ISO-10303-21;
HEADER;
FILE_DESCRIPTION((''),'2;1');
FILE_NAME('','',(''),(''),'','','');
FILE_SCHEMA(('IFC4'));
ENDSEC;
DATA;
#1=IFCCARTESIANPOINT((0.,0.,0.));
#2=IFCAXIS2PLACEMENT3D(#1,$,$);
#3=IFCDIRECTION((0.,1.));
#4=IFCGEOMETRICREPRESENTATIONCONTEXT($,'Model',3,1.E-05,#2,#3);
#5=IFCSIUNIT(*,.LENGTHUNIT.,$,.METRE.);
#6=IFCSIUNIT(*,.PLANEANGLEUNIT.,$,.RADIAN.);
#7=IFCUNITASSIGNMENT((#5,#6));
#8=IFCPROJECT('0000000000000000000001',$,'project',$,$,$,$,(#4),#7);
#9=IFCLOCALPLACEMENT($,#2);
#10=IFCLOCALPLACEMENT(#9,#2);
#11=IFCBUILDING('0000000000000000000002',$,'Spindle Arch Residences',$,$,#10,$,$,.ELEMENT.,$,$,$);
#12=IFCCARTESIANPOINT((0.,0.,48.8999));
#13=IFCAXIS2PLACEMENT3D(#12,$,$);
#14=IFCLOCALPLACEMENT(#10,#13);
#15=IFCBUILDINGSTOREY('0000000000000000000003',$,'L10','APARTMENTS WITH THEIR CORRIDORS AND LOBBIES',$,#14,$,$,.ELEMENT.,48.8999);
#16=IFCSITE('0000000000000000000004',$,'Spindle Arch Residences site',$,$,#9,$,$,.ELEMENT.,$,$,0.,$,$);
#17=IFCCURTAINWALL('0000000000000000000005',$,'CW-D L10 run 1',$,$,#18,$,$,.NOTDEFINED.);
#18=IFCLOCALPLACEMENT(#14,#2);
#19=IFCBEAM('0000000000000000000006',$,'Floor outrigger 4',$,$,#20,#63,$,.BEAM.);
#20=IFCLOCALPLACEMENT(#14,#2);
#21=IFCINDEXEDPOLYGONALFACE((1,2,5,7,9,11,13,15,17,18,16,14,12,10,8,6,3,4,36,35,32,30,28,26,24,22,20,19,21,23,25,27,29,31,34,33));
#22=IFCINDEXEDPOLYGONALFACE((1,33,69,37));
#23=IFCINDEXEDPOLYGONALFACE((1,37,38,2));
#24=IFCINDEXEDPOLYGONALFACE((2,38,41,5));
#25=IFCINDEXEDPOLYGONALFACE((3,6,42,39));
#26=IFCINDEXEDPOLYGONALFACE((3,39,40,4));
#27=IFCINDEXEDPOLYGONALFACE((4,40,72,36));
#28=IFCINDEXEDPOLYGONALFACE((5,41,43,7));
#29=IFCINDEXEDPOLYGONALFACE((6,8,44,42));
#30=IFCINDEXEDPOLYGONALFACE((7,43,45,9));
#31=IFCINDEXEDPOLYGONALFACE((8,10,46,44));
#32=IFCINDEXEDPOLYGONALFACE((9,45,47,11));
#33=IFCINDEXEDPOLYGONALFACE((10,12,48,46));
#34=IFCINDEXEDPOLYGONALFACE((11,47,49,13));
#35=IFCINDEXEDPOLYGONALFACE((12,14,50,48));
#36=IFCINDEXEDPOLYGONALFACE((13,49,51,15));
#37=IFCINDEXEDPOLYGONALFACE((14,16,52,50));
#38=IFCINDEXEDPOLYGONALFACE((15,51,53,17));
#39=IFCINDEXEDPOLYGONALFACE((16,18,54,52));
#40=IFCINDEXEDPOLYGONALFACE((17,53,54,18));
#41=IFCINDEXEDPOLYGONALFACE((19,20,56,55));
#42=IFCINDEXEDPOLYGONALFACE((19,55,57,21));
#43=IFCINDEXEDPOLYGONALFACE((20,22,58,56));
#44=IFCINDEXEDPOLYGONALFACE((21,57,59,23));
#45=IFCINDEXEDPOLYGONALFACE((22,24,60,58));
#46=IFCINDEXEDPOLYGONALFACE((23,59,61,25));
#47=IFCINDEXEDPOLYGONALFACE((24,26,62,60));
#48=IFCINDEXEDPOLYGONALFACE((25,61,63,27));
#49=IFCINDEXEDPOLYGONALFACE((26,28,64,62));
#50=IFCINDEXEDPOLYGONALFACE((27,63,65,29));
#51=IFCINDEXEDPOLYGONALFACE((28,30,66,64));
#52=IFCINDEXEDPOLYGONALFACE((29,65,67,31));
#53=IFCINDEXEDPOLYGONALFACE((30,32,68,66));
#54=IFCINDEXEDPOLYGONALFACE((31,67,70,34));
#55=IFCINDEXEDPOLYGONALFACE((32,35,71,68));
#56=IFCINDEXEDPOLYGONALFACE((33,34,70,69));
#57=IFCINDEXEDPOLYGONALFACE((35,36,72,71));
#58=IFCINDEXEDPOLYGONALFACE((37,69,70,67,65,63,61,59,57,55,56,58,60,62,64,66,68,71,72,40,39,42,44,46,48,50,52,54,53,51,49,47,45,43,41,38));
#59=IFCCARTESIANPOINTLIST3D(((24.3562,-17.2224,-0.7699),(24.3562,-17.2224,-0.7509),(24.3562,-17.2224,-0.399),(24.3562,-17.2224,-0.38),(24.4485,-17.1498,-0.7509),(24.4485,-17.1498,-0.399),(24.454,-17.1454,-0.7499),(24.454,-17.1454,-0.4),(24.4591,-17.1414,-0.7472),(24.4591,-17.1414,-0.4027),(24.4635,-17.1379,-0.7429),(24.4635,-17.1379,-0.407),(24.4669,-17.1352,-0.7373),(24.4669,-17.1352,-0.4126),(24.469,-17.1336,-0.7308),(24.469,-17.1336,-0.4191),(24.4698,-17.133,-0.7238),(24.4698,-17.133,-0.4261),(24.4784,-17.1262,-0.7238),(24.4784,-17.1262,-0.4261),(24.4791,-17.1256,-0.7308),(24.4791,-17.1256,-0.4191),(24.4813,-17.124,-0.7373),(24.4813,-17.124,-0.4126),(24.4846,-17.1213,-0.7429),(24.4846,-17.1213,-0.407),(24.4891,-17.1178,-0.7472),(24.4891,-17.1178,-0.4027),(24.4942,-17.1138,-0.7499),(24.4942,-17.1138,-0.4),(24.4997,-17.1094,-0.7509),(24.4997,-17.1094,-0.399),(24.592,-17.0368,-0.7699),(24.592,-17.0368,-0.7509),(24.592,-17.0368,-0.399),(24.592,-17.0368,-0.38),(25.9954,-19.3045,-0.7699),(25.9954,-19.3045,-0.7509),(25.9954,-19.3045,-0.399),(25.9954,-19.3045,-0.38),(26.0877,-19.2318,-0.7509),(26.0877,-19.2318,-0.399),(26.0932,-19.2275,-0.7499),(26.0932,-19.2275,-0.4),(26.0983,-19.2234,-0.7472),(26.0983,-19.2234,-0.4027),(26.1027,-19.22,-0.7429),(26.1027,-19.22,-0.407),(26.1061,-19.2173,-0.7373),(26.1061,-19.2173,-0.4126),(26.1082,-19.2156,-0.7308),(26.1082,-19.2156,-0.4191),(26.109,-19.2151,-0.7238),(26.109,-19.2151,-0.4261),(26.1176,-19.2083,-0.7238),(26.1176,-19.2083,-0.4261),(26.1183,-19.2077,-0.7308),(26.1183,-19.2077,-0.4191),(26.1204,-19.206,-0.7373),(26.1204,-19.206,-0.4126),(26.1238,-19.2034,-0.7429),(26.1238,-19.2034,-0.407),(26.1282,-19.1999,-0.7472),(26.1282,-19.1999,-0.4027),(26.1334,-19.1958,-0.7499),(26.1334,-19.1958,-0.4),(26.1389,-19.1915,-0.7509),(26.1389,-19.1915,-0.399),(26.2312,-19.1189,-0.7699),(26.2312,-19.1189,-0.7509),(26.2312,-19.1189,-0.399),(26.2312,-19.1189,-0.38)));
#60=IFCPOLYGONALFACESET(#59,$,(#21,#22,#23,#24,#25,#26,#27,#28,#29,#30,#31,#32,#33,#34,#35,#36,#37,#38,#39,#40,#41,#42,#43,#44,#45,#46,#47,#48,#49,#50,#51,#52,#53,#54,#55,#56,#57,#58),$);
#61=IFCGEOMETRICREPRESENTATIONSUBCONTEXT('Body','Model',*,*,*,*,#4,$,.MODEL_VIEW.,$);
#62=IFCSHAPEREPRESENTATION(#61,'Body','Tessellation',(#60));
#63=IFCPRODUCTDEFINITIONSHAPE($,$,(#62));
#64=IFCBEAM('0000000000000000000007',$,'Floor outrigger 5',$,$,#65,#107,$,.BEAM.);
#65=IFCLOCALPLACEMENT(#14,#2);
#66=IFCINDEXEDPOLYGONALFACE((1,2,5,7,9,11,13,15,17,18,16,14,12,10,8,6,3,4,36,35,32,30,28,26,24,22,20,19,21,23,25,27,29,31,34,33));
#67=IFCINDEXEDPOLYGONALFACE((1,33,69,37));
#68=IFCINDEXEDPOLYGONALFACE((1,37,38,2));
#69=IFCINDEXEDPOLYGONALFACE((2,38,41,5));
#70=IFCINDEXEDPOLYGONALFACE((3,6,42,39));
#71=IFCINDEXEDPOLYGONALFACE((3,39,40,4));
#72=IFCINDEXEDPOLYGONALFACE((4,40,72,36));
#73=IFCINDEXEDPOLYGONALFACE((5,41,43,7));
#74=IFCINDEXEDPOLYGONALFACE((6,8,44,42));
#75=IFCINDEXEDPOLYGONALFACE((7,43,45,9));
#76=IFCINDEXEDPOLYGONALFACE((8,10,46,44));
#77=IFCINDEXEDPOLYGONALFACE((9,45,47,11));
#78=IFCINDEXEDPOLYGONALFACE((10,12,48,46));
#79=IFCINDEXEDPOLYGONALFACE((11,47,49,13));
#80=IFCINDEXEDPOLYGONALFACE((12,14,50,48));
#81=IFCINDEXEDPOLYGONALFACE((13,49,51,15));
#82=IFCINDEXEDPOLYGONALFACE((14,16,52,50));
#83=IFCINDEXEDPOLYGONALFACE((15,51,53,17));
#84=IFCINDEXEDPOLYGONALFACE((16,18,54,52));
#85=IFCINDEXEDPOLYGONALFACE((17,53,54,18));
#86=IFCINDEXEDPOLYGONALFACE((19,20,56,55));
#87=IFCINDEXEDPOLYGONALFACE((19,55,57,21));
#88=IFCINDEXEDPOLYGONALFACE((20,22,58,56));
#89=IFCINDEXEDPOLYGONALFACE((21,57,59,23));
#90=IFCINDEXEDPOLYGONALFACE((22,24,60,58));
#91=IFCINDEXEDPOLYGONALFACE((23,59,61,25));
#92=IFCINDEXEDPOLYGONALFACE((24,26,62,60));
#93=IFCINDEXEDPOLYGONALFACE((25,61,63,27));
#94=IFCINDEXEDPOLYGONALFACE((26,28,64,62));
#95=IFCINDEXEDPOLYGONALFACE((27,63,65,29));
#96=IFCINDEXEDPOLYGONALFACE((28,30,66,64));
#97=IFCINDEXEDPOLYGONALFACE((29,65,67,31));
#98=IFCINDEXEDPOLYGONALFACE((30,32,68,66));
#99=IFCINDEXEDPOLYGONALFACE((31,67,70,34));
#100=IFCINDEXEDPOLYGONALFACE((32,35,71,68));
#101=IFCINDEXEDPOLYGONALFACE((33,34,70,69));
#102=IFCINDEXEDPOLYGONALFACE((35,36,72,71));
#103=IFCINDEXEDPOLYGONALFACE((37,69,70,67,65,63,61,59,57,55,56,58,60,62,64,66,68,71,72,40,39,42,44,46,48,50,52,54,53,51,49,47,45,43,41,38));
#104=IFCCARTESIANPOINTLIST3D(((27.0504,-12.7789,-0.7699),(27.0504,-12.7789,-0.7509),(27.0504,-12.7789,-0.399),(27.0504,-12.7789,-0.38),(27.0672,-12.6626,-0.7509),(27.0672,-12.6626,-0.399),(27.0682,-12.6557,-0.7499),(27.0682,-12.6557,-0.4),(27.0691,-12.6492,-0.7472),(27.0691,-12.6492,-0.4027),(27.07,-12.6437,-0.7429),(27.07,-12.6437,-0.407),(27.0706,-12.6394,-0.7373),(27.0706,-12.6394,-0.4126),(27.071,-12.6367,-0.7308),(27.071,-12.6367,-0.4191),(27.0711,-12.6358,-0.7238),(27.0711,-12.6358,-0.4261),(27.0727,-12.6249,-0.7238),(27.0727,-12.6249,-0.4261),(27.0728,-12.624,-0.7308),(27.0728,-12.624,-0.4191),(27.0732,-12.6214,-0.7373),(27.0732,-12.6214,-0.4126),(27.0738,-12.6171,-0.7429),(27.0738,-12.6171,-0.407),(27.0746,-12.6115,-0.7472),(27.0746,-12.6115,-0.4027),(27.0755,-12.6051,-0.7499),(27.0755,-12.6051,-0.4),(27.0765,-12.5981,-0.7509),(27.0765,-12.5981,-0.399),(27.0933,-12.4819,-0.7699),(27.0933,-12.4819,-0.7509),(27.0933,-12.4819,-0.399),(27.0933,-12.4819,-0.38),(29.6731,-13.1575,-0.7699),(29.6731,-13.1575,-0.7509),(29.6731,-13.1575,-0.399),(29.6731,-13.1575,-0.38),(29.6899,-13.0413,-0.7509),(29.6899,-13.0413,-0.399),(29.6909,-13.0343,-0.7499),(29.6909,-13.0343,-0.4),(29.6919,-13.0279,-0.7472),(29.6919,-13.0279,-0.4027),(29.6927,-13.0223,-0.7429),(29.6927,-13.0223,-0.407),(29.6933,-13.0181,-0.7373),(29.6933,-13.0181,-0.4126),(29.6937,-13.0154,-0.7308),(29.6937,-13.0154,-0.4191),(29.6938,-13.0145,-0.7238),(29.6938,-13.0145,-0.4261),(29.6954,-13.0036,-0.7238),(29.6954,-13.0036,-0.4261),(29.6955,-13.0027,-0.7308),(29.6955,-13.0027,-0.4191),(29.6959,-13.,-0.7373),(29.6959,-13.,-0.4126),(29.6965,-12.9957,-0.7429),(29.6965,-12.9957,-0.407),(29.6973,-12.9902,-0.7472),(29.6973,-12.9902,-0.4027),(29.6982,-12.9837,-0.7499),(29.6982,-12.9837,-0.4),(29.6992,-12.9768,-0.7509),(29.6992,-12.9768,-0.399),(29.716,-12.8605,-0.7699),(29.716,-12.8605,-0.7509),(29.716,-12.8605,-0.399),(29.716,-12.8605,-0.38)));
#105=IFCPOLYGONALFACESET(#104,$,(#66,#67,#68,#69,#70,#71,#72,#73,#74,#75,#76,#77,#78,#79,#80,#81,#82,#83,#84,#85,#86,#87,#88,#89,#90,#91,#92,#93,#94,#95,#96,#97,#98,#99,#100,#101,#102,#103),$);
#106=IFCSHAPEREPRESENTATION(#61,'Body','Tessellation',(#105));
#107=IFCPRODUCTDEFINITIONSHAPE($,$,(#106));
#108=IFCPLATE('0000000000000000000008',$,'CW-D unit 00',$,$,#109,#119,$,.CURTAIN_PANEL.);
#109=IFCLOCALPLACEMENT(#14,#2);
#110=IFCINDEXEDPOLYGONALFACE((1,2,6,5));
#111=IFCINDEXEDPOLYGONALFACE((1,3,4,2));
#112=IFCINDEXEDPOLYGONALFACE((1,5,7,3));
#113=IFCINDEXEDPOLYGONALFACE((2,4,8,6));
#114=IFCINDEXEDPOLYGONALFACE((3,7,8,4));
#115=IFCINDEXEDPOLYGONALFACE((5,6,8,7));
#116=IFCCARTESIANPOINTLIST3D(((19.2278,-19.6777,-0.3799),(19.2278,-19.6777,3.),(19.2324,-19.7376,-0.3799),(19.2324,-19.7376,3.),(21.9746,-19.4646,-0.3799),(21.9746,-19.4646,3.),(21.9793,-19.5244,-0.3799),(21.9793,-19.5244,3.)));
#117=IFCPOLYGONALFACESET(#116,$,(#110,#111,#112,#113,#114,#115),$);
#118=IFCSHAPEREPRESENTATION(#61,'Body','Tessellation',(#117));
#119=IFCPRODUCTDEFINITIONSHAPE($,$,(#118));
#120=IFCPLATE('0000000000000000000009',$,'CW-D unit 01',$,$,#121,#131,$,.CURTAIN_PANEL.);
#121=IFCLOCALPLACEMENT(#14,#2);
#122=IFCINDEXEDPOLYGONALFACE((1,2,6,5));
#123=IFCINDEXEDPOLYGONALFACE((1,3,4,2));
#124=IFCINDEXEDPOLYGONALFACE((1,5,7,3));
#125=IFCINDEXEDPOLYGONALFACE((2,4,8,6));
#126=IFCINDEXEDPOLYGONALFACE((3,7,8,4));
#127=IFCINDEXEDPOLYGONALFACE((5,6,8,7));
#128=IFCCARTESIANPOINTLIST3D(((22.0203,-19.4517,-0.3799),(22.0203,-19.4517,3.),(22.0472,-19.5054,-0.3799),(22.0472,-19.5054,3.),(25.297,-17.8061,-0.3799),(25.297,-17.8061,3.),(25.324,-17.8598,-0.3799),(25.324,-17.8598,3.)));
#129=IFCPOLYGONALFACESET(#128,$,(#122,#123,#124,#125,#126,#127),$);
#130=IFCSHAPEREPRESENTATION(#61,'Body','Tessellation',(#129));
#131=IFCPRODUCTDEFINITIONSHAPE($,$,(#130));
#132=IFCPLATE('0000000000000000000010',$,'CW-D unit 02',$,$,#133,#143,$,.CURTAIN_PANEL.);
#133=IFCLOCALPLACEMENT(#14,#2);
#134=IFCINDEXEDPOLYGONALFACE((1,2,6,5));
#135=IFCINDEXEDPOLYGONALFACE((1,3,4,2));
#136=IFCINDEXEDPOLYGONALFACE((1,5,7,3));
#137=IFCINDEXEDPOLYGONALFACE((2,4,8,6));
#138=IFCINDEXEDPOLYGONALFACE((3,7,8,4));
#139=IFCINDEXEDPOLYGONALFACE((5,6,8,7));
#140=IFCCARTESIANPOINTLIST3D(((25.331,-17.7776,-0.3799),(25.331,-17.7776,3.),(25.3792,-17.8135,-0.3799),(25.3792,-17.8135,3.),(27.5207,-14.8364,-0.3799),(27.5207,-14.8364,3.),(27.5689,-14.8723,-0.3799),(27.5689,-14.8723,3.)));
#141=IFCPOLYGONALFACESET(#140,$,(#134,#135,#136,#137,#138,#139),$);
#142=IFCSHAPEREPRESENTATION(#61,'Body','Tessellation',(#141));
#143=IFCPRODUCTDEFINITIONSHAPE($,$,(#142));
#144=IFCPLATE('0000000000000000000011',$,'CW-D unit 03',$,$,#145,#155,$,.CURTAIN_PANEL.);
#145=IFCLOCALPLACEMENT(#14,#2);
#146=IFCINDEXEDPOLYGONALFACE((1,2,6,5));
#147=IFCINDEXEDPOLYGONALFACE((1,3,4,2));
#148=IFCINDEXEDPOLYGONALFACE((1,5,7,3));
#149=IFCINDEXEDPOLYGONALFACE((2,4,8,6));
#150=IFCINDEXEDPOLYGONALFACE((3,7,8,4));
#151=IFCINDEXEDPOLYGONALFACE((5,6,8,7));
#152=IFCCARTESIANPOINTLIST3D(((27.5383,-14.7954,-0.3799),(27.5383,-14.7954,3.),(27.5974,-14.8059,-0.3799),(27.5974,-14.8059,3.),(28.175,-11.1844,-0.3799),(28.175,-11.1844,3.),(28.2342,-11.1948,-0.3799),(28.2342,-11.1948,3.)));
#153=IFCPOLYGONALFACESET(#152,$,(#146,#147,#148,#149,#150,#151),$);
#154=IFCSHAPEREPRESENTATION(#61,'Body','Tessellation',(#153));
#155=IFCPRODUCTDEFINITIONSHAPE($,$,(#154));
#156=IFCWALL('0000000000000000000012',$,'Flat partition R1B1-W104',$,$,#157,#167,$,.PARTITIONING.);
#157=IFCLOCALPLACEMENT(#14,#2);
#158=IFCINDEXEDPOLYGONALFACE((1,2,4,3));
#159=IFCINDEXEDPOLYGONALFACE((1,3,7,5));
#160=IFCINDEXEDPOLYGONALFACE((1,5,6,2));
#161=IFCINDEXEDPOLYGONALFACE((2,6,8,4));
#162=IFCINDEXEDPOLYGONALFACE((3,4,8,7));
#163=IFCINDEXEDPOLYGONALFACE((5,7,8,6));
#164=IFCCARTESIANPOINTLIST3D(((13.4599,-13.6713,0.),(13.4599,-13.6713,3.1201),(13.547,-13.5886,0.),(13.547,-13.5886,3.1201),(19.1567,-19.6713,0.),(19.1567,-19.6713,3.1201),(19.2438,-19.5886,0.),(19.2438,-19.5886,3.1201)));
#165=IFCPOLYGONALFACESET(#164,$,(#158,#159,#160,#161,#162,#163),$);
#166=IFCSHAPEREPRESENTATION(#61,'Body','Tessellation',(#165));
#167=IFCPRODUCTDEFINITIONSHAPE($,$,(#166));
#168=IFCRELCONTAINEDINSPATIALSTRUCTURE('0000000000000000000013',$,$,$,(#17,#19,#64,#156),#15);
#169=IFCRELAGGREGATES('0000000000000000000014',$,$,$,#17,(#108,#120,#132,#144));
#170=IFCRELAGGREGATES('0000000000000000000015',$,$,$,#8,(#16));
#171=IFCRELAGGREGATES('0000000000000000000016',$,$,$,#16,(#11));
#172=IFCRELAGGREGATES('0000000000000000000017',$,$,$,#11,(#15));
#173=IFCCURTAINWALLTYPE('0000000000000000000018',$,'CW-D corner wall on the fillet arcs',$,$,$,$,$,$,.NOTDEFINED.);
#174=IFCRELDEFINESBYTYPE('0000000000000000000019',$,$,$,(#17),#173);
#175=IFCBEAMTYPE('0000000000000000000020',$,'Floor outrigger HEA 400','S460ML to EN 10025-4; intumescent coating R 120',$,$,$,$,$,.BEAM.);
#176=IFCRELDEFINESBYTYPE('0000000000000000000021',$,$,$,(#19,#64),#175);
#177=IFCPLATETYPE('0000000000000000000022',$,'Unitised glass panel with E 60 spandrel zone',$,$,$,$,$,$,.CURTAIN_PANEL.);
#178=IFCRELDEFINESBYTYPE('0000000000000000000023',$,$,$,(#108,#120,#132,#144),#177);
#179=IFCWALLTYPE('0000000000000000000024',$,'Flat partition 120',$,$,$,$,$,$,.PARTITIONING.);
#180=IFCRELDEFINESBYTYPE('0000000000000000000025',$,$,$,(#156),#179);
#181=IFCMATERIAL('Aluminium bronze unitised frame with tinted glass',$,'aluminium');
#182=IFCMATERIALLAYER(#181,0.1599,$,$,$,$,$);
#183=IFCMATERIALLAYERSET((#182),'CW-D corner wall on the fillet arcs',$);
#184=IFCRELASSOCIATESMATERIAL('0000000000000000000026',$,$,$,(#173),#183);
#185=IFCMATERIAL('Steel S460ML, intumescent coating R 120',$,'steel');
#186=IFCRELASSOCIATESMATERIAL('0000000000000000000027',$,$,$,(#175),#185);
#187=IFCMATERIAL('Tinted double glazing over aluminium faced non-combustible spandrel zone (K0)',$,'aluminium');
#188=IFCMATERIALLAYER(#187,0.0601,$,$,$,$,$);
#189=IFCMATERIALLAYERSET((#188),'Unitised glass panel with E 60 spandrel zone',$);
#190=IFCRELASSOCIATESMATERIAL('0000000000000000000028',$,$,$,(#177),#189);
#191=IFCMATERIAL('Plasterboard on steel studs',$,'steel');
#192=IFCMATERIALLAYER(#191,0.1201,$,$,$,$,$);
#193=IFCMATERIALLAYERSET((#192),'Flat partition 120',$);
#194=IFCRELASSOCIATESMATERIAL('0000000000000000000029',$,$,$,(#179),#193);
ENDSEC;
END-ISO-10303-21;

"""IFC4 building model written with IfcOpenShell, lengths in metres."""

from ifc_helpers import new_model, si_unit, direction, frame, frame_2d, origin, origin_2d, place, context, subcontext, project, spatial, rectangle, i_section, extrude, material, layer, layer_set, material_profile, profile_set, type_object, element, aggregate, save


model = new_model("IFC4")

# Units and contexts
model_context = context("Model", 3, precision=1e-05, world=origin(), true_north=direction((0.0, 1.0)))
body_context = subcontext(model_context, "Body", "Model", "MODEL_VIEW")
ifc_project = project(units=[si_unit("LENGTHUNIT", "METRE"), si_unit("PLANEANGLEUNIT", "RADIAN")], contexts=[model_context])

# Site, building, storey
site_placement = place(None, origin())
site = spatial("IfcSite", under=ifc_project, at=site_placement, Name="Spindle Arch Residences site", CompositionType="ELEMENT", RefElevation=0.0)
building_placement = place(site_placement, origin())
building = spatial("IfcBuilding", under=site, at=building_placement, Name="Spindle Arch Residences", CompositionType="ELEMENT")
storey_placement = place(building_placement, frame((0.0, 0.0, 48.8999)))
storey = spatial("IfcBuildingStorey", under=building, at=storey_placement, Name="L10", Description="APARTMENTS WITH THEIR CORRIDORS AND LOBBIES", CompositionType="ELEMENT", Elevation=48.8999)

# Curtain wall
ifc_material_1 = material(Name="Aluminium bronze unitised frame with tinted glass", Category="aluminium")
ifc_layer_1 = layer(ifc_material_1, 0.1599)
ifc_layer_set_1 = layer_set([ifc_layer_1], Name="CW-D corner wall on the fillet arcs")
curtain_wall_type = type_object("IfcCurtainWallType", Name="CW-D corner wall on the fillet arcs", PredefinedType="NOTDEFINED", material=ifc_layer_set_1)
curtain_wall_placement = place(storey_placement, origin())
curtain_wall = element("IfcCurtainWall", 1, at=curtain_wall_placement, inside=storey, type_object=curtain_wall_type, Name="CW-D L10 run 1", PredefinedType="NOTDEFINED")

# Beams
ifc_material_2 = material(Name="Steel S460ML, intumescent coating R 120", Category="steel")
ifc_material_profile_1 = material_profile(ifc_material_2, i_section(OverallWidth=0.3, OverallDepth=0.3899, WebThickness=0.011, FlangeThickness=0.019, FilletRadius=0.0271, at=origin_2d()), Name="HEA 400")
ifc_profile_set_1 = profile_set([ifc_material_profile_1], Name="Steel S460ML, intumescent coating R 120")
beam_type_1 = type_object("IfcBeamType", Name="Floor outrigger HEA 400", Description="S460ML to EN 10025-4; intumescent coating R 120", PredefinedType="BEAM", material=ifc_profile_set_1)
for number, where, z_axis, x_axis, name in (
    (2, (26.1133, -19.2117, -0.575), (-0.618586, 0.785717, 0.0), (-0.785717, -0.618586, 0.0), "Floor outrigger 4"),
    (3, (29.6946, -13.009, -0.575), (-0.989738, 0.142892, 0.0), (-0.142892, -0.989738, 0.0), "Floor outrigger 5"),
):
    element("IfcBeam", number, at=place(storey_placement, frame(where, z_axis=z_axis, x_axis=x_axis)), inside=storey, type_object=beam_type_1, Name=name, PredefinedType="BEAM", context=body_context, shape_type="SweptSolid", body=[
        extrude(i_section(OverallWidth=0.3, OverallDepth=0.3899, WebThickness=0.011, FlangeThickness=0.019, FilletRadius=0.0271, at=origin_2d()), origin(), (0.0, 0.0, 1.0), 2.6499),
    ])

# Plates
ifc_material_3 = material(Name="Tinted double glazing over aluminium faced non-combustible spandrel zone (K0)", Category="aluminium")
ifc_layer_2 = layer(ifc_material_3, 0.0601)
ifc_layer_set_2 = layer_set([ifc_layer_2], Name="Unitised glass panel with E 60 spandrel zone")
plate_type = type_object("IfcPlateType", Name="Unitised glass panel with E 60 spandrel zone", PredefinedType="CURTAIN_PANEL", material=ifc_layer_set_2)
plate_1_placement = place(storey_placement, frame((20.6035, -19.6011, -0.3799), z_axis=(0.0, 0.0, 1.0), x_axis=(0.997003, 0.077364, 0.0)))
plate_1 = element("IfcPlate", 4, at=plate_1_placement, type_object=plate_type, Name="CW-D unit 00", PredefinedType="CURTAIN_PANEL", context=body_context, shape_type="SweptSolid", body=[
    extrude(rectangle(XDim=2.7551, YDim=0.0601, at=origin_2d()), origin(), (0.0, 0.0, 1.0), 3.3799),
])
plate_2_placement = place(storey_placement, frame((23.6721, -18.6558, -0.3799), z_axis=(0.0, 0.0, 1.0), x_axis=(0.893633, 0.448799, 0.0)))
plate_2 = element("IfcPlate", 5, at=plate_2_placement, type_object=plate_type, Name="CW-D unit 01", PredefinedType="CURTAIN_PANEL", context=body_context, shape_type="SweptSolid", body=[
    extrude(rectangle(XDim=3.6667, YDim=0.0601, at=origin_2d()), origin(), (0.0, 0.0, 1.0), 3.3799),
])
plate_3_placement = place(storey_placement, frame((26.45, -16.325, -0.3799), z_axis=(0.0, 0.0, 1.0), x_axis=(0.597159, 0.802123, 0.0)))
plate_3 = element("IfcPlate", 6, at=plate_3_placement, type_object=plate_type, Name="CW-D unit 02", PredefinedType="CURTAIN_PANEL", context=body_context, shape_type="SweptSolid", body=[
    extrude(rectangle(XDim=3.6667, YDim=0.0601, at=origin_2d()), origin(), (0.0, 0.0, 1.0), 3.3799),
])
plate_4_placement = place(storey_placement, frame((27.8862, -12.9951, -0.3799), z_axis=(0.0, 0.0, 1.0), x_axis=(0.173648, 0.984808, 0.0)))
plate_4 = element("IfcPlate", 7, at=plate_4_placement, type_object=plate_type, Name="CW-D unit 03", PredefinedType="CURTAIN_PANEL", context=body_context, shape_type="SweptSolid", body=[
    extrude(rectangle(XDim=3.6667, YDim=0.0601, at=origin_2d()), origin(), (0.0, 0.0, 1.0), 3.3799),
])
aggregate(curtain_wall, [plate_1, plate_2, plate_3, plate_4])

# Wall
ifc_material_4 = material(Name="Plasterboard on steel studs", Category="steel")
ifc_layer_3 = layer(ifc_material_4, 0.1201)
ifc_layer_set_3 = layer_set([ifc_layer_3], Name="Flat partition 120")
wall_type_1 = type_object("IfcWallType", Name="Flat partition 120", PredefinedType="PARTITIONING", material=ifc_layer_set_3)
wall_1_placement = place(storey_placement, frame((19.2002, -19.6299, 0.0), z_axis=(0.0, 0.0, 1.0), x_axis=(-0.688545, 0.725194, 0.0)))
element("IfcWall", 8, at=wall_1_placement, inside=storey, type_object=wall_type_1, Name="Flat partition R1B1-W104", PredefinedType="PARTITIONING", context=body_context, shape_type="SweptSolid", body=[
    extrude(rectangle(XDim=8.2737, YDim=0.1201, at=frame_2d((4.1367, 0.0))), origin(), (0.0, 0.0, 1.0), 3.1201),
])

save(model, "model.ifc")
